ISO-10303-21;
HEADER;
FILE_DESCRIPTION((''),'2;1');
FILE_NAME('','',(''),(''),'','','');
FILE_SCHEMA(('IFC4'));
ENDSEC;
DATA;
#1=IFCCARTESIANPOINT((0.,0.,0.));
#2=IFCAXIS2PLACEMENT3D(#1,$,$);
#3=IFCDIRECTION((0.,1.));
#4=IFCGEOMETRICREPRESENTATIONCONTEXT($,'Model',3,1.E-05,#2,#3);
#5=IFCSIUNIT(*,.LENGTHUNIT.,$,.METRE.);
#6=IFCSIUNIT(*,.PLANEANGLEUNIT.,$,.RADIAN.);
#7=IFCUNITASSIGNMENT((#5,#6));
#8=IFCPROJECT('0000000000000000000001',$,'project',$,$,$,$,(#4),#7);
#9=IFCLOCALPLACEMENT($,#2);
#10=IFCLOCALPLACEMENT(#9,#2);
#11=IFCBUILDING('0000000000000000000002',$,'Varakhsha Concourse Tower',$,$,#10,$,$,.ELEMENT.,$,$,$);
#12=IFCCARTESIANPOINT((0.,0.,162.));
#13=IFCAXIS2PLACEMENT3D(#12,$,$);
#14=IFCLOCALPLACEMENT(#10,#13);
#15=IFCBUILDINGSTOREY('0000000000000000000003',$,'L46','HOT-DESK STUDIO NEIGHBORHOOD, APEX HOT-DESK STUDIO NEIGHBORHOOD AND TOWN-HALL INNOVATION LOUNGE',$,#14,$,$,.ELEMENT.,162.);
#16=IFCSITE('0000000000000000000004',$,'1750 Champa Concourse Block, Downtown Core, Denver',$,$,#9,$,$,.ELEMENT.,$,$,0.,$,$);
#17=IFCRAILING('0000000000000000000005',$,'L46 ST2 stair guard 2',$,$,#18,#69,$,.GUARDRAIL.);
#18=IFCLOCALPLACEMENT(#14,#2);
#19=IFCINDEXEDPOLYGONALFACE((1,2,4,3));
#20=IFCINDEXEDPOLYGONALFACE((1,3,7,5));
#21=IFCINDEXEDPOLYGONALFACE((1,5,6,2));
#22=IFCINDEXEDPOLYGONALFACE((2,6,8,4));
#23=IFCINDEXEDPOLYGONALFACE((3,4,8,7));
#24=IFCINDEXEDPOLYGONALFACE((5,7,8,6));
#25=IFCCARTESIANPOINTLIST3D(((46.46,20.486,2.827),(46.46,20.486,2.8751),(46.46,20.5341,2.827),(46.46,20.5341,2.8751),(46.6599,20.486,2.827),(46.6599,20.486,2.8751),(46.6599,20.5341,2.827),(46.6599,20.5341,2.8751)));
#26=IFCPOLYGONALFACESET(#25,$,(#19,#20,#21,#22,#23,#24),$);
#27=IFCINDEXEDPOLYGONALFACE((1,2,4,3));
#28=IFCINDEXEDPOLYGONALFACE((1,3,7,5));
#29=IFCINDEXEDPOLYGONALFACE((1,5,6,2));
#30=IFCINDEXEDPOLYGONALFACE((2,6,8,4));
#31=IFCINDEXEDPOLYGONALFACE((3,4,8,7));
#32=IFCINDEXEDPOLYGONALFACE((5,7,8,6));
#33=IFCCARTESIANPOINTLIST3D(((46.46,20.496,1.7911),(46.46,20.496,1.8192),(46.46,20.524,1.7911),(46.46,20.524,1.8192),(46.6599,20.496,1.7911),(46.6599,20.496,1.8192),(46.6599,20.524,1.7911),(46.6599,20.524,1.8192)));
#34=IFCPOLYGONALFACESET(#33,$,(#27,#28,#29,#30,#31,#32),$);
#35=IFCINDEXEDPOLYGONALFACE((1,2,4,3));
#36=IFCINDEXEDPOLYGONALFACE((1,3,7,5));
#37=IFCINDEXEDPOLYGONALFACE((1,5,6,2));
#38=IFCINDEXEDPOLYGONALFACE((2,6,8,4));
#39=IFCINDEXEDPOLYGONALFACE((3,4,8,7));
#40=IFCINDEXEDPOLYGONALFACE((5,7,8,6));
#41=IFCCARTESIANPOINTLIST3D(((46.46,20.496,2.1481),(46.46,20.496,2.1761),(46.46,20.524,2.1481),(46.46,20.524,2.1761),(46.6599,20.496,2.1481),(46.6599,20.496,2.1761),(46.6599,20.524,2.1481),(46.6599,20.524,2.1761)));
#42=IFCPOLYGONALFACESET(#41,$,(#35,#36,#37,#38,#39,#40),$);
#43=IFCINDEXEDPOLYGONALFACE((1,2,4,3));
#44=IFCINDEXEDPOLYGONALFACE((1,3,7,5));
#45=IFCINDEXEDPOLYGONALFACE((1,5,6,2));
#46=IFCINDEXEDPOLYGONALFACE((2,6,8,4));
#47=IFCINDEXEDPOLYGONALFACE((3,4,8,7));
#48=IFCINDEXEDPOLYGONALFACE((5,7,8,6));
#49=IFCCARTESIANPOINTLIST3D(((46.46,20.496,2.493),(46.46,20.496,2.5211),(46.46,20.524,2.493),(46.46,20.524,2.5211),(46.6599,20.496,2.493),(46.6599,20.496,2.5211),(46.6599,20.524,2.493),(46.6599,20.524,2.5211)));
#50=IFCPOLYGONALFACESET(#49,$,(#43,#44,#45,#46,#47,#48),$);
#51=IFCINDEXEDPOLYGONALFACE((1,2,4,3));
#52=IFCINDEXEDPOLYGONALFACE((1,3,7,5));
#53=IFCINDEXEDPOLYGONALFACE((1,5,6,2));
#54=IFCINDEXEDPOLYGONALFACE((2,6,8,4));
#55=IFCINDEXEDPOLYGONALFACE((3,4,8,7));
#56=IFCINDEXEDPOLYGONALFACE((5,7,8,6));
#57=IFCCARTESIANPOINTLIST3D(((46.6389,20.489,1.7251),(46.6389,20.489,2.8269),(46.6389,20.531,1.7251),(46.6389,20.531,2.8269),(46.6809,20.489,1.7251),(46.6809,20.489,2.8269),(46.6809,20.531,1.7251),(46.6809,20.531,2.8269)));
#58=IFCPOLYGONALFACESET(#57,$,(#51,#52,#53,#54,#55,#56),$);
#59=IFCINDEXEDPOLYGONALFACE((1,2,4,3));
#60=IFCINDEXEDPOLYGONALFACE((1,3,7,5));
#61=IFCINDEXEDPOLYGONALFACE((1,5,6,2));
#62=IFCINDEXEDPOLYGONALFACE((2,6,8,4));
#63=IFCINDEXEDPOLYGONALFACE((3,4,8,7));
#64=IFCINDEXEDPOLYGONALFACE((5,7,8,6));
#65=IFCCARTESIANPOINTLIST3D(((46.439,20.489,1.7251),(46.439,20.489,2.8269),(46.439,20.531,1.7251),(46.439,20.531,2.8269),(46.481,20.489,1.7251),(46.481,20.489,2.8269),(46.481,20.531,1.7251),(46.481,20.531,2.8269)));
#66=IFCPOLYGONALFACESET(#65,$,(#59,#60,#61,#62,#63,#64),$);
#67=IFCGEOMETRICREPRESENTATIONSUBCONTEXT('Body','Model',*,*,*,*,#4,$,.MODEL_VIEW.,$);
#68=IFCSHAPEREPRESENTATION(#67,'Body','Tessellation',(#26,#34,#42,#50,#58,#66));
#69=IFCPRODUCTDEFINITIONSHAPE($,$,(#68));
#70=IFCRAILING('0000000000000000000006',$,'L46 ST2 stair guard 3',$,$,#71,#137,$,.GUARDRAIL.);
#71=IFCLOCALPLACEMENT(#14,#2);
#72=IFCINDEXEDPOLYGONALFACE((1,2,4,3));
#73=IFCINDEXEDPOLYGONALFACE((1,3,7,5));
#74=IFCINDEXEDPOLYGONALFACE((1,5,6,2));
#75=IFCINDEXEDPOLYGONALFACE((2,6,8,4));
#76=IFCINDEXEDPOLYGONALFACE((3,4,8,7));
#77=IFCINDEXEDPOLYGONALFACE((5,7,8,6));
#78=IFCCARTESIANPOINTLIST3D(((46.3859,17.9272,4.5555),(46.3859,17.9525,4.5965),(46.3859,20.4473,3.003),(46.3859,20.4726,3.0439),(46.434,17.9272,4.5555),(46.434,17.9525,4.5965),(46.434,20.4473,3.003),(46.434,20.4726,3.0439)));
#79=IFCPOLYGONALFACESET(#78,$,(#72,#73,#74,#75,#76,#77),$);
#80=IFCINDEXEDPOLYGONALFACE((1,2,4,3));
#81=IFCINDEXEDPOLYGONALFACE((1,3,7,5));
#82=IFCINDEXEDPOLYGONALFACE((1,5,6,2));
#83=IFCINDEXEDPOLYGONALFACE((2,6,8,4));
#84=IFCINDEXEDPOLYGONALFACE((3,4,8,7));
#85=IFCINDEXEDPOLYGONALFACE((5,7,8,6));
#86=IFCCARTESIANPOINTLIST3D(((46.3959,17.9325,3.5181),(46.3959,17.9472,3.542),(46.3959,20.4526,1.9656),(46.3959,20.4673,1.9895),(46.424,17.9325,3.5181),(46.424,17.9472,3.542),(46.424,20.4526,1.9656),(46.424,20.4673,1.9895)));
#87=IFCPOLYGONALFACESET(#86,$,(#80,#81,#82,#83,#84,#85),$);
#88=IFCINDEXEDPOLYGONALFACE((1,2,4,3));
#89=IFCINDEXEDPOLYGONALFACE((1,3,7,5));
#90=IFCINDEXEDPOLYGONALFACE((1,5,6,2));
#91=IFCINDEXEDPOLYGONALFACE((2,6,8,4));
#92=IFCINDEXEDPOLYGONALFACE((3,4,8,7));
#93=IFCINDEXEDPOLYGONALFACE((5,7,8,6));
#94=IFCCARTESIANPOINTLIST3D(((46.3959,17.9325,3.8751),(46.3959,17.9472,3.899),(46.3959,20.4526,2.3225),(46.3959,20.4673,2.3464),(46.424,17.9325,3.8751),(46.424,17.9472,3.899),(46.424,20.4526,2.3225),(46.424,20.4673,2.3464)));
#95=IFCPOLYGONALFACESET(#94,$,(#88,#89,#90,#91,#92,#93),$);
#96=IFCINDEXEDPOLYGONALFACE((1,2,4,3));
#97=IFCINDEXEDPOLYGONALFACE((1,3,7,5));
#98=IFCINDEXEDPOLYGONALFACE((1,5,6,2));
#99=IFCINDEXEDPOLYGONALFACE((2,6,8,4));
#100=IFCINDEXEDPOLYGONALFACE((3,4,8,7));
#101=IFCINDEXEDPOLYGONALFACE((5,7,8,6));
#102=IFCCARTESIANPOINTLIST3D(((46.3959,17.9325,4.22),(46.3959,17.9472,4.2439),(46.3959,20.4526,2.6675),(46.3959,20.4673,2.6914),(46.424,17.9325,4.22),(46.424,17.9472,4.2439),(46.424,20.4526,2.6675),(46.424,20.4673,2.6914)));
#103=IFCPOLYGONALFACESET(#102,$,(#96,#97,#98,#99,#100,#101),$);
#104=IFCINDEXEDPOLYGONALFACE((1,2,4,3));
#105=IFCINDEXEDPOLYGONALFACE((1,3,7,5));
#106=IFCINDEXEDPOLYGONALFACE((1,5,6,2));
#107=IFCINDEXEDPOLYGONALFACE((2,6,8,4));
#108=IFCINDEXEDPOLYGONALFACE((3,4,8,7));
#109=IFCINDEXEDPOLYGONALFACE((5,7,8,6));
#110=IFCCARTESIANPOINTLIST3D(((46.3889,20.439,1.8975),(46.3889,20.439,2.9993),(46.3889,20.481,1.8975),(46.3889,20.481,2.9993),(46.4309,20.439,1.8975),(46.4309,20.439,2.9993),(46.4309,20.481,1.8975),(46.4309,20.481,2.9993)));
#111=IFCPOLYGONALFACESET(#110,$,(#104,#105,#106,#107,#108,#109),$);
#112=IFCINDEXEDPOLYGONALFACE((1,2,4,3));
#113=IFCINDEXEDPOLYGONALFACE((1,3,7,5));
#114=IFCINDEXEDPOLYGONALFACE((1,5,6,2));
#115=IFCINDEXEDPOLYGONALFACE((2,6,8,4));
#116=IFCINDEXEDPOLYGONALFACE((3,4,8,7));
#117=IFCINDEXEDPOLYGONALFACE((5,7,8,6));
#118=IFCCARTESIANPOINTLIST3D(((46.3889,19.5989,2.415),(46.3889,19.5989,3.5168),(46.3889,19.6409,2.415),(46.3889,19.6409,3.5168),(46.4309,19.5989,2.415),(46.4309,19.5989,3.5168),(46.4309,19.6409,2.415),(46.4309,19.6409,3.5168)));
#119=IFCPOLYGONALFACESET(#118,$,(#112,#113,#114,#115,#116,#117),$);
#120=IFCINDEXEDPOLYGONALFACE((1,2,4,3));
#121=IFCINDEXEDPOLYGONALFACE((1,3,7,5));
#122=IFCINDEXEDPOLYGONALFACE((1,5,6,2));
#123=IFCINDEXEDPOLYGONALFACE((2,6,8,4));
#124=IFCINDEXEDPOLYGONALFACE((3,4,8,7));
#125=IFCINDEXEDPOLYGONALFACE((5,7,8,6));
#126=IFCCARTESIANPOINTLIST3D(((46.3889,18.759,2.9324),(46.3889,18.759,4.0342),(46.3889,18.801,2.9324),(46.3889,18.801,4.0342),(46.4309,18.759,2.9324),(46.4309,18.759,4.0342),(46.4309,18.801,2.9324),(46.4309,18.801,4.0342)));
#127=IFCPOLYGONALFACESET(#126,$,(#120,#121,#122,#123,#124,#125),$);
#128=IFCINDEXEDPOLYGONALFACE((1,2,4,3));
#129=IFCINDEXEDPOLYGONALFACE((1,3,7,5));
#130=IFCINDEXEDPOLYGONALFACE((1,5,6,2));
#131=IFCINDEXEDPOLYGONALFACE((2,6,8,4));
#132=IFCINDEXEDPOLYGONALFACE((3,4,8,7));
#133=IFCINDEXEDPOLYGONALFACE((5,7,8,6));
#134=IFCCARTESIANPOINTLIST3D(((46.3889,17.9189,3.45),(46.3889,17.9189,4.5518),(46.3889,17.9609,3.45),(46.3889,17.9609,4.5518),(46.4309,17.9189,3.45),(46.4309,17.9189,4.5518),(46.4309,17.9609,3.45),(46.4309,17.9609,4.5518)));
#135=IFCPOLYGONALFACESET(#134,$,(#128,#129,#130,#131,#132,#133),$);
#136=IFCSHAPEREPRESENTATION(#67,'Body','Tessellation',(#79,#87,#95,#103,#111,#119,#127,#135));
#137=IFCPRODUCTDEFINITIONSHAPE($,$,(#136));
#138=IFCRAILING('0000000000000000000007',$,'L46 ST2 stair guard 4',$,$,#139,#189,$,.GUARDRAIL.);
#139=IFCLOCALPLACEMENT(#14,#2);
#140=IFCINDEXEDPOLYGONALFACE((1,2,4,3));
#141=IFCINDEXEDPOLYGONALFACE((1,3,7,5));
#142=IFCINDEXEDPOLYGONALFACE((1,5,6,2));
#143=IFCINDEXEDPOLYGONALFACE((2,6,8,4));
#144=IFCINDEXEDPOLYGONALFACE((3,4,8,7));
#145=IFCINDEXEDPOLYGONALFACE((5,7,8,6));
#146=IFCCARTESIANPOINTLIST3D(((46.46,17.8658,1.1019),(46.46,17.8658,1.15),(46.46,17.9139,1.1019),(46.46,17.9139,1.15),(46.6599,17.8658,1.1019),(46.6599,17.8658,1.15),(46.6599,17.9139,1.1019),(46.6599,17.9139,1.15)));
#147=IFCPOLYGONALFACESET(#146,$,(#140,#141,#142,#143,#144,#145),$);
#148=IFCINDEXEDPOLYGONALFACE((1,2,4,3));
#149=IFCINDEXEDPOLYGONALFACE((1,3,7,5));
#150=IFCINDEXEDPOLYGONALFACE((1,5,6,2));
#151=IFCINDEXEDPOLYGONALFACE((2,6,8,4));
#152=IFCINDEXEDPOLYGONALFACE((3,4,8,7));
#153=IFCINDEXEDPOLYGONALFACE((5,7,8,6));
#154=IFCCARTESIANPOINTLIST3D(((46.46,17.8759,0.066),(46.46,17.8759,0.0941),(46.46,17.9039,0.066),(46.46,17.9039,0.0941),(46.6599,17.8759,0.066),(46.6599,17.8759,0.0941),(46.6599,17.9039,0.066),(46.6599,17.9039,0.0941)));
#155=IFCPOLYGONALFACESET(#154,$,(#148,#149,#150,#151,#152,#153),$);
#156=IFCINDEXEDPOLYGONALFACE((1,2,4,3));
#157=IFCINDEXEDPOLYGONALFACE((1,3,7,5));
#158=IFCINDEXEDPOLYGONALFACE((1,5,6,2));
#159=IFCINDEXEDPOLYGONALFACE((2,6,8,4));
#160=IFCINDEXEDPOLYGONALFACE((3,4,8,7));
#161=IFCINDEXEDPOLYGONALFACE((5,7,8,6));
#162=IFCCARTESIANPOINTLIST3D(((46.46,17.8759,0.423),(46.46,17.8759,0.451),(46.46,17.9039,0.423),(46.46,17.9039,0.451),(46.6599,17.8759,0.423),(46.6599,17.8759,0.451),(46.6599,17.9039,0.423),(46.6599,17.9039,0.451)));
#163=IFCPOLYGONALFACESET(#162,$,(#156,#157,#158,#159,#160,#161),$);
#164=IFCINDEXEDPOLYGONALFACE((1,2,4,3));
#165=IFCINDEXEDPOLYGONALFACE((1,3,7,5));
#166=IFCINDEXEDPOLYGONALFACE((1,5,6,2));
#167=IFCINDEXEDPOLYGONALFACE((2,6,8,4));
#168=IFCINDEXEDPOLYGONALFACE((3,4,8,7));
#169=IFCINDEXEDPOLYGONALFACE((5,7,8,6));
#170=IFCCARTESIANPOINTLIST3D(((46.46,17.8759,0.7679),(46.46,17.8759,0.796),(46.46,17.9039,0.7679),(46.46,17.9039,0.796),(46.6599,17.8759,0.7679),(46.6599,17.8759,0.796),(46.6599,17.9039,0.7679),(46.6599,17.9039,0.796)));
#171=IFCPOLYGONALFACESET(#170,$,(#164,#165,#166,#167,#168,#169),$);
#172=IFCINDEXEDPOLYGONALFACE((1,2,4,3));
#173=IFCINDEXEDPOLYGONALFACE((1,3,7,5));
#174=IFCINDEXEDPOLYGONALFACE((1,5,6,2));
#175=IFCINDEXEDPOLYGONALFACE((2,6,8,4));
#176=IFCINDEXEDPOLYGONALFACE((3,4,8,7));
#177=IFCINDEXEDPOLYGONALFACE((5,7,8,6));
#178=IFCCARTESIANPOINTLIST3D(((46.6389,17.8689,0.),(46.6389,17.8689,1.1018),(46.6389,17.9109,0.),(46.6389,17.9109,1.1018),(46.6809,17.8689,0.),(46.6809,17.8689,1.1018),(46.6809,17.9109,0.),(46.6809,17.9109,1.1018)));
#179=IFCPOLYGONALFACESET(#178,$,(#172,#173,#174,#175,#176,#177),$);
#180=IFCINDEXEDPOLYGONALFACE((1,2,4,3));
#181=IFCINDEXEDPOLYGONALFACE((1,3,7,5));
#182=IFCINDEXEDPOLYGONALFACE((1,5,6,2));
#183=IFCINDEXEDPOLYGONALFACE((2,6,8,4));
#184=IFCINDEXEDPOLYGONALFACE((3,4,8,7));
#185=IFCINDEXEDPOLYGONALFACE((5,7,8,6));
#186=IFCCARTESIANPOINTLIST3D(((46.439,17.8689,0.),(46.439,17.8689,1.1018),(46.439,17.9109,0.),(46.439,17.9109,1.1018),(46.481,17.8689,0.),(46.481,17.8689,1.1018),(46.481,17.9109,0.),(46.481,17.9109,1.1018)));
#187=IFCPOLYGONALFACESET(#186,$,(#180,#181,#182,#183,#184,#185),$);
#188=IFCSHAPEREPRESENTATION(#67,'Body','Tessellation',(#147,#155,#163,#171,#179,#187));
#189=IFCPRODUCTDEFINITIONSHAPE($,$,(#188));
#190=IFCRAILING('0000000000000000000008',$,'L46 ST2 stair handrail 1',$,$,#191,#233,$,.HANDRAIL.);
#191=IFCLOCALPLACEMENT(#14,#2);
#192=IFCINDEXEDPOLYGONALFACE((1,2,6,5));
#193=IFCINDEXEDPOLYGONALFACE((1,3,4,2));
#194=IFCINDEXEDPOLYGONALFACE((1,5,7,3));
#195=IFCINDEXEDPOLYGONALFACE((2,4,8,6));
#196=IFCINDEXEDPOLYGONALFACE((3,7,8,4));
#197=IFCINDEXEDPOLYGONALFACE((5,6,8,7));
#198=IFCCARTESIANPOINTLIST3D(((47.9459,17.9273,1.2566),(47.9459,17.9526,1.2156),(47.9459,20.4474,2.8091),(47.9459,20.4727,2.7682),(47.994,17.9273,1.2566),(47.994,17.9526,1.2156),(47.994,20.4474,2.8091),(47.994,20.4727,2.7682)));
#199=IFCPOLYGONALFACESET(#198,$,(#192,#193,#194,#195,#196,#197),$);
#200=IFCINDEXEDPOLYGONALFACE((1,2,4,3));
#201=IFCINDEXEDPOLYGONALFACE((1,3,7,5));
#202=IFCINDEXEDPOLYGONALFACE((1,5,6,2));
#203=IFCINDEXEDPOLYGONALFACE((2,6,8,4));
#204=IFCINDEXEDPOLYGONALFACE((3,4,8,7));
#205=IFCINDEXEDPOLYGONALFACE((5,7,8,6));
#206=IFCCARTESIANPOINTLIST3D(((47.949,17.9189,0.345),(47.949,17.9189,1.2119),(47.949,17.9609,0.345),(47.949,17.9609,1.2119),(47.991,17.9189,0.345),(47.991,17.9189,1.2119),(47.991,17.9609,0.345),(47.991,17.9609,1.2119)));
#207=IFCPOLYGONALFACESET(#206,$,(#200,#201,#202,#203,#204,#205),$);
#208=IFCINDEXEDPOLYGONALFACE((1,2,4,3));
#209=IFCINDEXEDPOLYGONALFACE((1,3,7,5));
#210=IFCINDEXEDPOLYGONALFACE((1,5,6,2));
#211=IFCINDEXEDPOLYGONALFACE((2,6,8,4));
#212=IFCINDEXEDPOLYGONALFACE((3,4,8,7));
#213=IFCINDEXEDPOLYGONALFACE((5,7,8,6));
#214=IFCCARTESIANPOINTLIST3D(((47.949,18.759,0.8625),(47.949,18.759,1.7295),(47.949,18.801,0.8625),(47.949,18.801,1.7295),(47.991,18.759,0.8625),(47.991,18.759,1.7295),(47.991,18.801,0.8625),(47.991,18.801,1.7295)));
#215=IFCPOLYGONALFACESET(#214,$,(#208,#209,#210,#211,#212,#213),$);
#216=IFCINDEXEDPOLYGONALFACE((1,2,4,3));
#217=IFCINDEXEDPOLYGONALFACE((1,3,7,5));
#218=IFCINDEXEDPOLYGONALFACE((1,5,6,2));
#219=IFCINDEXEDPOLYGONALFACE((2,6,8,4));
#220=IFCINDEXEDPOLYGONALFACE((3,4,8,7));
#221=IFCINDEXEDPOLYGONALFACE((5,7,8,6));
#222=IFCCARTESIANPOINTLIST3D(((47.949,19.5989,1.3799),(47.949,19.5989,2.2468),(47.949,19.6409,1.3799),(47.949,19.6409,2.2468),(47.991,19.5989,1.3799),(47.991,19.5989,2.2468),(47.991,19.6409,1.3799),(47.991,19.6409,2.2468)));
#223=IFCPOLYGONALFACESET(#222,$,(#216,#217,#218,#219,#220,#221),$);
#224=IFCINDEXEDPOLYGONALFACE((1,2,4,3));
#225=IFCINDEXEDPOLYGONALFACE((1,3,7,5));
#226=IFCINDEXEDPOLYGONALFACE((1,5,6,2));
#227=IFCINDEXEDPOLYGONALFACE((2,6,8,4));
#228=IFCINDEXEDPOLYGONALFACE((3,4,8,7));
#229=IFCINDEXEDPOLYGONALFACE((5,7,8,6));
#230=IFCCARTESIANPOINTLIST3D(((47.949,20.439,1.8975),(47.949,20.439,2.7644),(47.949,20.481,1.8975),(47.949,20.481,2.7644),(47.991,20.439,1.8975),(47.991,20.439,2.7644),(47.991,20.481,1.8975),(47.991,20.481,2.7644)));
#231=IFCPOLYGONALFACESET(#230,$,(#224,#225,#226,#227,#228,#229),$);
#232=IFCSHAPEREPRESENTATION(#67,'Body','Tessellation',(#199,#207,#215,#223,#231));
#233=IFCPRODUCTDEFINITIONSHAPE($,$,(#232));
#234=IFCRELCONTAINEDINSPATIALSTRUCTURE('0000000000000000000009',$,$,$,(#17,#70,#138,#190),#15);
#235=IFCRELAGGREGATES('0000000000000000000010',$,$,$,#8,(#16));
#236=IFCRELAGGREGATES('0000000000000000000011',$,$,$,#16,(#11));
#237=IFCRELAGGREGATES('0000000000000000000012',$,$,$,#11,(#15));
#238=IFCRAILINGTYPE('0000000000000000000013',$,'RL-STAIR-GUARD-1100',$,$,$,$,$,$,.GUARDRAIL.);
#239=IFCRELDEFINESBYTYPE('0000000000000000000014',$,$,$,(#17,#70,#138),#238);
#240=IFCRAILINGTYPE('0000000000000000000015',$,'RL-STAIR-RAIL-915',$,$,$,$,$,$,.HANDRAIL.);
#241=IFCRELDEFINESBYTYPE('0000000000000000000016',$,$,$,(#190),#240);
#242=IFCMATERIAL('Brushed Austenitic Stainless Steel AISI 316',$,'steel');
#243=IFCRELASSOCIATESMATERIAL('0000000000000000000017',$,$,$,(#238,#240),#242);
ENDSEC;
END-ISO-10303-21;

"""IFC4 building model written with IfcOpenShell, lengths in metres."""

from ifc_helpers import new_model, si_unit, direction, frame, origin, origin_2d, place, context, subcontext, project, spatial, rectangle, extrude, material, type_object, element, save


model = new_model("IFC4")

# Units and contexts
model_context = context("Model", 3, precision=1e-05, world=origin(), true_north=direction((0.0, 1.0)))
body_context = subcontext(model_context, "Body", "Model", "MODEL_VIEW")
ifc_project = project(units=[si_unit("LENGTHUNIT", "METRE"), si_unit("PLANEANGLEUNIT", "RADIAN")], contexts=[model_context])

# Site, building, storey
site_placement = place(None, origin())
site = spatial("IfcSite", under=ifc_project, at=site_placement, Name="1750 Champa Concourse Block, Downtown Core, Denver", CompositionType="ELEMENT", RefElevation=0.0)
building_placement = place(site_placement, origin())
building = spatial("IfcBuilding", under=site, at=building_placement, Name="Varakhsha Concourse Tower", CompositionType="ELEMENT")
storey_placement = place(building_placement, frame((0.0, 0.0, 162.0)))
storey = spatial("IfcBuildingStorey", under=building, at=storey_placement, Name="L46", Description="HOT-DESK STUDIO NEIGHBORHOOD, APEX HOT-DESK STUDIO NEIGHBORHOOD AND TOWN-HALL INNOVATION LOUNGE", CompositionType="ELEMENT", Elevation=162.0)

# Railings
ifc_material_1 = material(Name="Brushed Austenitic Stainless Steel AISI 316", Category="steel")
railing_type_1 = type_object("IfcRailingType", Name="RL-STAIR-GUARD-1100", PredefinedType="GUARDRAIL", material=ifc_material_1)
railing_1_placement = place(storey_placement, frame((46.6599, 20.51, 1.7251)))
element("IfcRailing", 1, at=railing_1_placement, inside=storey, type_object=railing_type_1, Name="L46 ST2 stair guard 2", PredefinedType="GUARDRAIL", context=body_context, shape_type="SweptSolid", body=[
    extrude(rectangle(XDim=0.0481, YDim=0.0481, at=origin_2d()), frame((0.0, 0.0, 1.126), z_axis=(-1.0, 0.0, 0.0), x_axis=(0.0, -1.0, 0.0)), (0.0, 0.0, 1.0), 0.2),
    extrude(rectangle(XDim=0.0281, YDim=0.0281, at=origin_2d()), frame((0.0, 0.0, 0.0801), z_axis=(-1.0, 0.0, 0.0), x_axis=(0.0, -1.0, 0.0)), (0.0, 0.0, 1.0), 0.2),
    extrude(rectangle(XDim=0.0281, YDim=0.0281, at=origin_2d()), frame((0.0, 0.0, 0.437), z_axis=(-1.0, 0.0, 0.0), x_axis=(0.0, -1.0, 0.0)), (0.0, 0.0, 1.0), 0.2),
    extrude(rectangle(XDim=0.0281, YDim=0.0281, at=origin_2d()), frame((0.0, 0.0, 0.782), z_axis=(-1.0, 0.0, 0.0), x_axis=(0.0, -1.0, 0.0)), (0.0, 0.0, 1.0), 0.2),
    extrude(rectangle(XDim=0.042, YDim=0.042, at=origin_2d()), origin(), (0.0, 0.0, 1.0), 1.1018),
    extrude(rectangle(XDim=0.042, YDim=0.042, at=origin_2d()), frame((-0.2, 0.0, 0.0)), (0.0, 0.0, 1.0), 1.1018),
])
railing_2_placement = place(storey_placement, frame((46.4099, 20.46, 1.8975)))
element("IfcRailing", 2, at=railing_2_placement, inside=storey, type_object=railing_type_1, Name="L46 ST2 stair guard 3", PredefinedType="GUARDRAIL", context=body_context, shape_type="SweptSolid", body=[
    extrude(rectangle(XDim=0.0481, YDim=0.0481, at=origin_2d()), frame((0.0, 0.0, 1.126), z_axis=(0.0, -0.8514, 0.524516), x_axis=(1.0, 0.0, 0.0)), (0.0, 0.0, 1.0), 2.96),
    extrude(rectangle(XDim=0.0281, YDim=0.0281, at=origin_2d()), frame((0.0, 0.0, 0.0801), z_axis=(0.0, -0.8514, 0.524516), x_axis=(1.0, 0.0, 0.0)), (0.0, 0.0, 1.0), 2.96),
    extrude(rectangle(XDim=0.0281, YDim=0.0281, at=origin_2d()), frame((0.0, 0.0, 0.437), z_axis=(0.0, -0.8514, 0.524516), x_axis=(1.0, 0.0, 0.0)), (0.0, 0.0, 1.0), 2.96),
    extrude(rectangle(XDim=0.0281, YDim=0.0281, at=origin_2d()), frame((0.0, 0.0, 0.782), z_axis=(0.0, -0.8514, 0.524516), x_axis=(1.0, 0.0, 0.0)), (0.0, 0.0, 1.0), 2.96),
    extrude(rectangle(XDim=0.042, YDim=0.042, at=origin_2d()), origin(), (0.0, 0.0, 1.0), 1.1018),
    extrude(rectangle(XDim=0.042, YDim=0.042, at=origin_2d()), frame((0.0, -0.8401, 0.5176)), (0.0, 0.0, 1.0), 1.1018),
    extrude(rectangle(XDim=0.042, YDim=0.042, at=origin_2d()), frame((0.0, -1.6799, 1.0349)), (0.0, 0.0, 1.0), 1.1018),
    extrude(rectangle(XDim=0.042, YDim=0.042, at=origin_2d()), frame((0.0, -2.52, 1.5525)), (0.0, 0.0, 1.0), 1.1018),
])
railing_3_placement = place(storey_placement, frame((46.6599, 17.8899, 0.0)))
element("IfcRailing", 3, at=railing_3_placement, inside=storey, type_object=railing_type_1, Name="L46 ST2 stair guard 4", PredefinedType="GUARDRAIL", context=body_context, shape_type="SweptSolid", body=[
    extrude(rectangle(XDim=0.0481, YDim=0.0481, at=origin_2d()), frame((0.0, 0.0, 1.126), z_axis=(-1.0, 0.0, 0.0), x_axis=(0.0, -1.0, 0.0)), (0.0, 0.0, 1.0), 0.2),
    extrude(rectangle(XDim=0.0281, YDim=0.0281, at=origin_2d()), frame((0.0, 0.0, 0.0801), z_axis=(-1.0, 0.0, 0.0), x_axis=(0.0, -1.0, 0.0)), (0.0, 0.0, 1.0), 0.2),
    extrude(rectangle(XDim=0.0281, YDim=0.0281, at=origin_2d()), frame((0.0, 0.0, 0.437), z_axis=(-1.0, 0.0, 0.0), x_axis=(0.0, -1.0, 0.0)), (0.0, 0.0, 1.0), 0.2),
    extrude(rectangle(XDim=0.0281, YDim=0.0281, at=origin_2d()), frame((0.0, 0.0, 0.782), z_axis=(-1.0, 0.0, 0.0), x_axis=(0.0, -1.0, 0.0)), (0.0, 0.0, 1.0), 0.2),
    extrude(rectangle(XDim=0.042, YDim=0.042, at=origin_2d()), origin(), (0.0, 0.0, 1.0), 1.1018),
    extrude(rectangle(XDim=0.042, YDim=0.042, at=origin_2d()), frame((-0.2, 0.0, 0.0)), (0.0, 0.0, 1.0), 1.1018),
])
railing_type_2 = type_object("IfcRailingType", Name="RL-STAIR-RAIL-915", PredefinedType="HANDRAIL", material=ifc_material_1)
railing_4_placement = place(storey_placement, frame((47.97, 17.9399, 0.345)))
element("IfcRailing", 4, at=railing_4_placement, inside=storey, type_object=railing_type_2, Name="L46 ST2 stair handrail 1", PredefinedType="HANDRAIL", context=body_context, shape_type="SweptSolid", body=[
    extrude(rectangle(XDim=0.0481, YDim=0.0481, at=origin_2d()), frame((0.0, 0.0, 0.8911), z_axis=(0.0, 0.8514, 0.524516), x_axis=(-1.0, 0.0, 0.0)), (0.0, 0.0, 1.0), 2.96),
    extrude(rectangle(XDim=0.042, YDim=0.042, at=origin_2d()), origin(), (0.0, 0.0, 1.0), 0.8669),
    extrude(rectangle(XDim=0.042, YDim=0.042, at=origin_2d()), frame((0.0, 0.8401, 0.5176)), (0.0, 0.0, 1.0), 0.8669),
    extrude(rectangle(XDim=0.042, YDim=0.042, at=origin_2d()), frame((0.0, 1.6799, 1.0349)), (0.0, 0.0, 1.0), 0.8669),
    extrude(rectangle(XDim=0.042, YDim=0.042, at=origin_2d()), frame((0.0, 2.52, 1.5525)), (0.0, 0.0, 1.0), 0.8669),
])

save(model, "model.ifc")
